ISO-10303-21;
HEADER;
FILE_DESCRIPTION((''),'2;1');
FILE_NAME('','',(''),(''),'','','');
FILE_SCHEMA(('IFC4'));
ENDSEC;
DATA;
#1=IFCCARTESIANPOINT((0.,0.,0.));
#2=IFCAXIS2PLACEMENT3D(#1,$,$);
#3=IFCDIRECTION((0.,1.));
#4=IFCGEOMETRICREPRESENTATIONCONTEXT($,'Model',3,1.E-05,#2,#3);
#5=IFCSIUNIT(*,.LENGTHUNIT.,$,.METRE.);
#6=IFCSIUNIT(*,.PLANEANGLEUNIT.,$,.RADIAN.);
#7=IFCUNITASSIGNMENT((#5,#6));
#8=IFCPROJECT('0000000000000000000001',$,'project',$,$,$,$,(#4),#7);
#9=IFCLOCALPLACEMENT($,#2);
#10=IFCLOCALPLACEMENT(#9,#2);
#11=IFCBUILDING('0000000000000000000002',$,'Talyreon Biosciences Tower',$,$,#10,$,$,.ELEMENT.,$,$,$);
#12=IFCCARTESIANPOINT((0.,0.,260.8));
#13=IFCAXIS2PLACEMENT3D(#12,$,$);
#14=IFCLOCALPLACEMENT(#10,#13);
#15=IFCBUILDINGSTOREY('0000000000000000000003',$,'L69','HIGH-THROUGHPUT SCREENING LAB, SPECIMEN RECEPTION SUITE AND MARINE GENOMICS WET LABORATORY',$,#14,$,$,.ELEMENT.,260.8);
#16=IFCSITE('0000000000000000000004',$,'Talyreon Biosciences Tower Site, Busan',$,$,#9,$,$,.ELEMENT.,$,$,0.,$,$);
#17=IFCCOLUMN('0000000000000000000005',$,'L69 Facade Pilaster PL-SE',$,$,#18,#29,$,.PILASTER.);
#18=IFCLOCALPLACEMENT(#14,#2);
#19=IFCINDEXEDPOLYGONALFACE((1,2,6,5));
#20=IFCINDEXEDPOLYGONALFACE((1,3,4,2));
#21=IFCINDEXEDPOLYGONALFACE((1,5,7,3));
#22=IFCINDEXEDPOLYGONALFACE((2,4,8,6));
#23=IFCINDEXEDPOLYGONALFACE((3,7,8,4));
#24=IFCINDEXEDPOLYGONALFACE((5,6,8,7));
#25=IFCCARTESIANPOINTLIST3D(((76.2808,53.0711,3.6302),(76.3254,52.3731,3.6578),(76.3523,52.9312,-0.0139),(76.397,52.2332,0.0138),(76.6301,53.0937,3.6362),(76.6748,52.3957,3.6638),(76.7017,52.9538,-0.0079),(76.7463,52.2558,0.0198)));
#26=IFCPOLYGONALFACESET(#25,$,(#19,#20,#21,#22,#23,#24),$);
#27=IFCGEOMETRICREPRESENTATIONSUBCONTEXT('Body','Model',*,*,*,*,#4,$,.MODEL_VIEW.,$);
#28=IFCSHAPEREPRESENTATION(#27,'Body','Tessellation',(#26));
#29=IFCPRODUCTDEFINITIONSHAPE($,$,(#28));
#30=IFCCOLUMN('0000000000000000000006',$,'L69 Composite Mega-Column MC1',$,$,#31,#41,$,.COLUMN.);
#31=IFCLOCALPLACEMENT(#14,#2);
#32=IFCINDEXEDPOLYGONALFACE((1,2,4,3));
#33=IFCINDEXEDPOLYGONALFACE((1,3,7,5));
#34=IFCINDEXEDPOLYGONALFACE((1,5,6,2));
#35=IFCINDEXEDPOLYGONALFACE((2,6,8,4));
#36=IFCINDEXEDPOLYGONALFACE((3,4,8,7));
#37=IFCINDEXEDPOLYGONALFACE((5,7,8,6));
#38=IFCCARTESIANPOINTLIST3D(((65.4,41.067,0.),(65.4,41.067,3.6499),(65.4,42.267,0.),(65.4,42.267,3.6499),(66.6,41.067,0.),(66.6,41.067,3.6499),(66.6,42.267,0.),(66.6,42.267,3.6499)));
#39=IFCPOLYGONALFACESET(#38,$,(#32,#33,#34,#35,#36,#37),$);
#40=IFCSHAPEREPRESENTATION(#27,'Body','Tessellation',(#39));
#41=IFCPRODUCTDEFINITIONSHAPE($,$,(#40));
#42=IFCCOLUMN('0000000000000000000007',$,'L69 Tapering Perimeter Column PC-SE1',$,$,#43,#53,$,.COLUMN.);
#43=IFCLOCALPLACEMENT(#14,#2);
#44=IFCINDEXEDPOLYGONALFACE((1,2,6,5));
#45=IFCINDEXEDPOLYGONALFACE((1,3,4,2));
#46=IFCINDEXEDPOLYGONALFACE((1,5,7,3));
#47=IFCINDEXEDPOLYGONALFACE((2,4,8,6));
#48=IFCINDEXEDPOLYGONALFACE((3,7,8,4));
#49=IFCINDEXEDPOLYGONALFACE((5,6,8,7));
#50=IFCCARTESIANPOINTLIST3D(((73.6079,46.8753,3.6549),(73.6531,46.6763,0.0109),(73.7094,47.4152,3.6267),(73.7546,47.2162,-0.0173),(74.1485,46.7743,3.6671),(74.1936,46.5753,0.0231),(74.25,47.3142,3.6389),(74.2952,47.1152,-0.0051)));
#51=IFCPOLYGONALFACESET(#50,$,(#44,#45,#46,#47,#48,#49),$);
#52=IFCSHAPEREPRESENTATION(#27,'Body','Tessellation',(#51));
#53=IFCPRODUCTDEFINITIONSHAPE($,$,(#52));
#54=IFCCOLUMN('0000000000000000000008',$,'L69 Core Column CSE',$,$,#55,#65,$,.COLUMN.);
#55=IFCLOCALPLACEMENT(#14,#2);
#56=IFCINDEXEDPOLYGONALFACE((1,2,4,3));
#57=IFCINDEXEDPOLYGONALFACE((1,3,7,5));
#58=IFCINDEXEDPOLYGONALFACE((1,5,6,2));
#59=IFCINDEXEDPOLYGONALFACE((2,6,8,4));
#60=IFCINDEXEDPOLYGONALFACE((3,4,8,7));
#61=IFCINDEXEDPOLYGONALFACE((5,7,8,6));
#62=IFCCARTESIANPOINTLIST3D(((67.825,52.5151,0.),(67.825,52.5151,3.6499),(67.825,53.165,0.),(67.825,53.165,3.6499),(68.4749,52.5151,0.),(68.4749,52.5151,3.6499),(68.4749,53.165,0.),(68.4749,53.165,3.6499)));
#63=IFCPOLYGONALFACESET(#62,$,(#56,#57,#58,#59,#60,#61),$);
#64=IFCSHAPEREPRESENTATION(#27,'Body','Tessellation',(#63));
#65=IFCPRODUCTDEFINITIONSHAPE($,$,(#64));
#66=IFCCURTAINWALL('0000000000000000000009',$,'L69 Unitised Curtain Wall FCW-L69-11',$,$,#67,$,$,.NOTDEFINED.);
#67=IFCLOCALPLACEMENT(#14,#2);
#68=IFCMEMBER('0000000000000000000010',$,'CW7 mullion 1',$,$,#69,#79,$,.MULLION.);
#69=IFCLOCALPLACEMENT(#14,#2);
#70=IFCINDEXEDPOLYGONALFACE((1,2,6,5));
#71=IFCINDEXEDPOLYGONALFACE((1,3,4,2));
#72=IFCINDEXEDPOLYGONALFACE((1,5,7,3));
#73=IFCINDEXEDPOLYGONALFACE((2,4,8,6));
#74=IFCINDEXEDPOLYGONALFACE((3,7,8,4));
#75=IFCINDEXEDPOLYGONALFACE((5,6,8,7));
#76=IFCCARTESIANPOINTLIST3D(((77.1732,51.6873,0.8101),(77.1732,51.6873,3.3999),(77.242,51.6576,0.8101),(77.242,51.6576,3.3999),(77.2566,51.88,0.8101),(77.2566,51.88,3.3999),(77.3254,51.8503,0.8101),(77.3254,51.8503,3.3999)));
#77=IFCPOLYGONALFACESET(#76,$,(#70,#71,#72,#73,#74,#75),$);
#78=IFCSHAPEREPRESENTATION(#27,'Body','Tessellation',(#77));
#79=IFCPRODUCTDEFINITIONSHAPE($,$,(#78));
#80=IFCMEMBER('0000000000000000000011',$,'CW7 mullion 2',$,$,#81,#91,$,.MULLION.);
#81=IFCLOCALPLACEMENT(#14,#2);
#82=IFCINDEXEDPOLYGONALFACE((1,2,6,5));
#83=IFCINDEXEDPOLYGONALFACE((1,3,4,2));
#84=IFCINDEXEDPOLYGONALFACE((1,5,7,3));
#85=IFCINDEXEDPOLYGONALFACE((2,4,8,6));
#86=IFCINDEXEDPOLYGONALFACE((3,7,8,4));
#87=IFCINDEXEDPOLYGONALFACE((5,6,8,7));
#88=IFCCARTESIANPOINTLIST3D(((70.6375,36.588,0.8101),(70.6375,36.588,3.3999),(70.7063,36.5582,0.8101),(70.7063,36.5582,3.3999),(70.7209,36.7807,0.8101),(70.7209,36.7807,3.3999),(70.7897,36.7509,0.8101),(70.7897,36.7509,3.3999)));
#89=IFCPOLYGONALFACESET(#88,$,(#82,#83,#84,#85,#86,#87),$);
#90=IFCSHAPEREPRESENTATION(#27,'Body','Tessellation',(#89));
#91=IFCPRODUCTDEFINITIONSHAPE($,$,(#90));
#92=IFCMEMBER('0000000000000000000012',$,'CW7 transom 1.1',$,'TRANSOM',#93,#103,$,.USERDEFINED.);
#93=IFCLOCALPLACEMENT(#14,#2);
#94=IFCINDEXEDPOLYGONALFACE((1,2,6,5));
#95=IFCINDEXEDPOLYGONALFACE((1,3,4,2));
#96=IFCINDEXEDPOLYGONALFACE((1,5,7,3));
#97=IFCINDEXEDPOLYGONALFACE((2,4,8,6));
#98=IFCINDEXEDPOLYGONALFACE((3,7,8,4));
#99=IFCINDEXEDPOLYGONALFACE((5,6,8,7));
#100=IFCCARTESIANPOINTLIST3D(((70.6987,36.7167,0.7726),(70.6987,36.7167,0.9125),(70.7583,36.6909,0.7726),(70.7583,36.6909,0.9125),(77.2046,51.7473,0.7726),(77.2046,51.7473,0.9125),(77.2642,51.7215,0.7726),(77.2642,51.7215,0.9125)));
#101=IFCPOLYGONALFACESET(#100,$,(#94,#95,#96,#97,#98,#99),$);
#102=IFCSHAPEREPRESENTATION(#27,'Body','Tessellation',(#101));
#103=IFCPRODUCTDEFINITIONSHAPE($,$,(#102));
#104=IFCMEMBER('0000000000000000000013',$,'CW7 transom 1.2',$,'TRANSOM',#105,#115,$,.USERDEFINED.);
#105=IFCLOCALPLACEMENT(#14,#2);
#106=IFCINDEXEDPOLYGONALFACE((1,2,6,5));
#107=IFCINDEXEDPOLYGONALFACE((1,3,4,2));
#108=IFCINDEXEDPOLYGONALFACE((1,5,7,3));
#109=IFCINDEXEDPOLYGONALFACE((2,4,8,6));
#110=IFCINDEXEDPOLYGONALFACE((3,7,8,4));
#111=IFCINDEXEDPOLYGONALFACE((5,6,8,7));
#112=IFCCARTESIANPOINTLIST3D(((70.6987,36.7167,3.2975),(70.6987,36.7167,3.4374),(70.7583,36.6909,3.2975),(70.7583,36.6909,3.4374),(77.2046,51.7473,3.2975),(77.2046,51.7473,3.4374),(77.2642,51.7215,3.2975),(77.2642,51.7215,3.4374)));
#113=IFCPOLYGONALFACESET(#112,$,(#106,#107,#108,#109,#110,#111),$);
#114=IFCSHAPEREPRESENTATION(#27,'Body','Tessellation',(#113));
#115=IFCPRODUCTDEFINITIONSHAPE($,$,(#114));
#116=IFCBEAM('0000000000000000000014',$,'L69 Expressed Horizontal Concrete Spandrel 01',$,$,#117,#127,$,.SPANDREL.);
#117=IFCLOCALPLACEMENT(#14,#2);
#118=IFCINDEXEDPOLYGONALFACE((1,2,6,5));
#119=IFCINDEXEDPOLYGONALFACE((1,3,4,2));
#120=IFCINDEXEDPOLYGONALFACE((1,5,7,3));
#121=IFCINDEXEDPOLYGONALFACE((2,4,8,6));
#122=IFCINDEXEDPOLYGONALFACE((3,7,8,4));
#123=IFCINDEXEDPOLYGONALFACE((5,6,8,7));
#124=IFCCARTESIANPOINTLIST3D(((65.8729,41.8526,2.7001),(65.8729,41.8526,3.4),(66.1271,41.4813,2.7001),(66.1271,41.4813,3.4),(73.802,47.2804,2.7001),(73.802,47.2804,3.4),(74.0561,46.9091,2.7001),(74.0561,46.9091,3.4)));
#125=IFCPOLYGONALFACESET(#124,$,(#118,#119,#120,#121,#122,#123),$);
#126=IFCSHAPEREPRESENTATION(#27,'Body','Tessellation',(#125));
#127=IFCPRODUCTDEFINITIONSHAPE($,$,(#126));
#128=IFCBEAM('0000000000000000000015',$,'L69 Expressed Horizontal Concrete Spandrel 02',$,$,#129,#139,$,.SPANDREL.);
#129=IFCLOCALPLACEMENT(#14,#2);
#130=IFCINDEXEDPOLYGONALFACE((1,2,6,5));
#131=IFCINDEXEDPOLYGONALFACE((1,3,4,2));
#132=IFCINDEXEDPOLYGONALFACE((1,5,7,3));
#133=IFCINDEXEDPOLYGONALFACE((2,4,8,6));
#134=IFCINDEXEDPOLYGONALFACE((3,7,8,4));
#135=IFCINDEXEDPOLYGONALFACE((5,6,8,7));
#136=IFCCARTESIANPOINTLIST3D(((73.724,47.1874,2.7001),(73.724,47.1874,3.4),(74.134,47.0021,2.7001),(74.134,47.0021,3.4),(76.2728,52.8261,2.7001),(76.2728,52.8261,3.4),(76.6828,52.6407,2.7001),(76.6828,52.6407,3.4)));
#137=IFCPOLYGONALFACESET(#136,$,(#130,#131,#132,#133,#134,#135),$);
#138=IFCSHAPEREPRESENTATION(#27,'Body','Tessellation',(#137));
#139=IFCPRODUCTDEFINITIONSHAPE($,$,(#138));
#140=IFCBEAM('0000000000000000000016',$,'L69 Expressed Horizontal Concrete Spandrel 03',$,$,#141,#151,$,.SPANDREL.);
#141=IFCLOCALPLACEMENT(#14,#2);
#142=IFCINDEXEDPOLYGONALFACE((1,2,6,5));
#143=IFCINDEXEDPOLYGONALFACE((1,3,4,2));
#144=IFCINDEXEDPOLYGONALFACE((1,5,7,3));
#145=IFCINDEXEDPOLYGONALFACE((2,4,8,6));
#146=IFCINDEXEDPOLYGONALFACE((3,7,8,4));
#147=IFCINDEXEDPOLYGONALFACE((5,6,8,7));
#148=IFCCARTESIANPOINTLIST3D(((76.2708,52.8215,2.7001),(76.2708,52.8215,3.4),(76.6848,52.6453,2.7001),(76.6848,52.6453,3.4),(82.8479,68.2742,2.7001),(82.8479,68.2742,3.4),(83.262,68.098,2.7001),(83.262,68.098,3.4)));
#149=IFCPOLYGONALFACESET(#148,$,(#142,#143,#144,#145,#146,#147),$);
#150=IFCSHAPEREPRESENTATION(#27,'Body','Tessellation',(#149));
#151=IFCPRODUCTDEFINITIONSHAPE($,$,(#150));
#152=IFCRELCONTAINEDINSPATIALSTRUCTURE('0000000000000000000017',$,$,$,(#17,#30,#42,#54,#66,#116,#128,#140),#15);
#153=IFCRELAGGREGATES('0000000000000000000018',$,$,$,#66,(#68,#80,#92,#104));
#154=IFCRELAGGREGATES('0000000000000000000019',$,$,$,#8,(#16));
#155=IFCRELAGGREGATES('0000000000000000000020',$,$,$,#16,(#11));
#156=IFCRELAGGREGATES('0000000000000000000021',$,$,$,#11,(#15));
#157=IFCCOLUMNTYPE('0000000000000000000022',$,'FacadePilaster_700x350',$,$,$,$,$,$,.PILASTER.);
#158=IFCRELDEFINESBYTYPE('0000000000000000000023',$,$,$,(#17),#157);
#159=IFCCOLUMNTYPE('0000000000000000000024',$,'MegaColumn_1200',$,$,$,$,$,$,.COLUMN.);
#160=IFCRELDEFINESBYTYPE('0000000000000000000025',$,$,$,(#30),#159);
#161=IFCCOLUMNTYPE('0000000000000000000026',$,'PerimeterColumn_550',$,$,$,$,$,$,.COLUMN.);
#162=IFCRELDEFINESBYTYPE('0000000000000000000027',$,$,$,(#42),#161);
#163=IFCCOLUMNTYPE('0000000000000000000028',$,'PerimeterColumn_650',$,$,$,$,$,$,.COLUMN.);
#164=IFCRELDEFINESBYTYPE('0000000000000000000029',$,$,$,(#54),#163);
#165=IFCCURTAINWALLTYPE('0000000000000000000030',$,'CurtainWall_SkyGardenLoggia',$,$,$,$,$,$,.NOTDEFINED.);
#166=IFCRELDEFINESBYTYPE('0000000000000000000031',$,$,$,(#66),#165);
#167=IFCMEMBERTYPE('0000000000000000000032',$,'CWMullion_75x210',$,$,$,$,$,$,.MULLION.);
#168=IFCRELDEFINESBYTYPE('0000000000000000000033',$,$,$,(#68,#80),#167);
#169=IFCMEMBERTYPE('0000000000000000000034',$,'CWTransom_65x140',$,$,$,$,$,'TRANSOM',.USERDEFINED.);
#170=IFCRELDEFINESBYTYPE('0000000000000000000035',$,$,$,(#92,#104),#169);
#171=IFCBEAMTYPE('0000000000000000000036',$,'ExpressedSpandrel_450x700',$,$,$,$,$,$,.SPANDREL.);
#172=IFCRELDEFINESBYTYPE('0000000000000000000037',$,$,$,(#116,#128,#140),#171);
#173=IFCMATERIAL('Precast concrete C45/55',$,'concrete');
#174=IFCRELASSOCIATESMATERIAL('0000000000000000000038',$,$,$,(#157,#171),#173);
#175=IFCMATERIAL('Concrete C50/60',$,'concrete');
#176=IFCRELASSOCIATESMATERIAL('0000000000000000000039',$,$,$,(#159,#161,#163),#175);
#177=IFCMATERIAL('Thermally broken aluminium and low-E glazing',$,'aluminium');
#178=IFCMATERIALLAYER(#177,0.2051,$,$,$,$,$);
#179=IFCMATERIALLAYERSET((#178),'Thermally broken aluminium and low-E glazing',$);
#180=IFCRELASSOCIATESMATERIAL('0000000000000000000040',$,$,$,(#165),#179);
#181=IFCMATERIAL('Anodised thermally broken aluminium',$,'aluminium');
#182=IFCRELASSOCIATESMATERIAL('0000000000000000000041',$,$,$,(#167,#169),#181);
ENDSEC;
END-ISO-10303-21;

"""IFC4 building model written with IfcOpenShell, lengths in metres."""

from ifc_helpers import new_model, si_unit, direction, frame, origin, origin_2d, place, context, subcontext, project, spatial, rectangle, extrude, material, layer, layer_set, material_profile, profile_set, type_object, element, aggregate, save


model = new_model("IFC4")

# Units and contexts
model_context = context("Model", 3, precision=1e-05, world=origin(), true_north=direction((0.0, 1.0)))
body_context = subcontext(model_context, "Body", "Model", "MODEL_VIEW")
ifc_project = project(units=[si_unit("LENGTHUNIT", "METRE"), si_unit("PLANEANGLEUNIT", "RADIAN")], contexts=[model_context])

# Site, building, storey
site_placement = place(None, origin())
site = spatial("IfcSite", under=ifc_project, at=site_placement, Name="Talyreon Biosciences Tower Site, Busan", CompositionType="ELEMENT", RefElevation=0.0)
building_placement = place(site_placement, origin())
building = spatial("IfcBuilding", under=site, at=building_placement, Name="Talyreon Biosciences Tower", CompositionType="ELEMENT")
storey_placement = place(building_placement, frame((0.0, 0.0, 260.8)))
storey = spatial("IfcBuildingStorey", under=building, at=storey_placement, Name="L69", Description="HIGH-THROUGHPUT SCREENING LAB, SPECIMEN RECEPTION SUITE AND MARINE GENOMICS WET LABORATORY", CompositionType="ELEMENT", Elevation=260.8)

# Columns
ifc_material_1 = material(Name="Precast concrete C45/55", Category="concrete")
ifc_material_profile_1 = material_profile(ifc_material_1, rectangle(XDim=0.7, YDim=0.3501, at=origin_2d()), Name="RC 700x350")
ifc_profile_set_1 = profile_set([ifc_material_profile_1], Name="Precast concrete C45/55")
column_type_1 = type_object("IfcColumnType", Name="FacadePilaster_700x350", PredefinedType="PILASTER", material=ifc_profile_set_1)
column_1_placement = place(storey_placement, frame((76.5493, 52.5935, 0.0029), z_axis=(-0.019612, 0.038354, 0.999072), x_axis=(0.063755, -0.997182, 0.039533)))
element("IfcColumn", 1, at=column_1_placement, inside=storey, type_object=column_type_1, Name="L69 Facade Pilaster PL-SE", PredefinedType="PILASTER", context=body_context, shape_type="SweptSolid", body=[
    extrude(rectangle(XDim=0.7, YDim=0.3501, at=origin_2d()), origin(), (0.0, 0.0, 1.0), 3.6475),
])
ifc_material_2 = material(Name="Concrete C50/60", Category="concrete")
ifc_material_profile_2 = material_profile(ifc_material_2, rectangle(XDim=1.2, YDim=1.2, at=origin_2d()), Name="RC 1200x1200")
ifc_profile_set_2 = profile_set([ifc_material_profile_2], Name="Concrete C50/60")
column_type_2 = type_object("IfcColumnType", Name="MegaColumn_1200", PredefinedType="COLUMN", material=ifc_profile_set_2)
column_2_placement = place(storey_placement, frame((66.0, 41.667, 0.0), z_axis=(0.0, 0.0, 1.0), x_axis=(1.0, 0.0, 0.0)))
element("IfcColumn", 2, at=column_2_placement, inside=storey, type_object=column_type_2, Name="L69 Composite Mega-Column MC1", PredefinedType="COLUMN", context=body_context, shape_type="SweptSolid", body=[
    extrude(rectangle(XDim=1.2, YDim=1.2, at=origin_2d()), origin(), (0.0, 0.0, 1.0), 3.6499),
])
ifc_material_profile_3 = material_profile(ifc_material_2, rectangle(XDim=0.55, YDim=0.55, at=origin_2d()), Name="RC 550x550")
ifc_profile_set_3 = profile_set([ifc_material_profile_3], Name="Concrete C50/60")
column_type_3 = type_object("IfcColumnType", Name="PerimeterColumn_550", PredefinedType="COLUMN", material=ifc_profile_set_3)
column_3_placement = place(storey_placement, frame((73.9741, 46.8958, 0.0029), z_axis=(-0.012375, 0.054517, 0.998436), x_axis=(-0.184542, -0.981485, 0.051304)))
element("IfcColumn", 3, at=column_3_placement, inside=storey, type_object=column_type_3, Name="L69 Tapering Perimeter Column PC-SE1", PredefinedType="COLUMN", context=body_context, shape_type="SweptSolid", body=[
    extrude(rectangle(XDim=0.55, YDim=0.55, at=origin_2d()), origin(), (0.0, 0.0, 1.0), 3.6497),
])
ifc_material_profile_4 = material_profile(ifc_material_2, rectangle(XDim=0.6499, YDim=0.6499, at=origin_2d()), Name="RC 650x650")
ifc_profile_set_4 = profile_set([ifc_material_profile_4], Name="Concrete C50/60")
column_type_4 = type_object("IfcColumnType", Name="PerimeterColumn_650", PredefinedType="COLUMN", material=ifc_profile_set_4)
column_4_placement = place(storey_placement, frame((68.1499, 52.8401, 0.0), z_axis=(0.0, 0.0, 1.0), x_axis=(1.0, 0.0, 0.0)))
element("IfcColumn", 4, at=column_4_placement, inside=storey, type_object=column_type_4, Name="L69 Core Column CSE", PredefinedType="COLUMN", context=body_context, shape_type="SweptSolid", body=[
    extrude(rectangle(XDim=0.6499, YDim=0.6499, at=origin_2d()), origin(), (0.0, 0.0, 1.0), 3.6499),
])

# Curtain wall, members
ifc_material_3 = material(Name="Thermally broken aluminium and low-E glazing", Category="aluminium")
ifc_layer_1 = layer(ifc_material_3, 0.2051)
ifc_layer_set_1 = layer_set([ifc_layer_1], Name="Thermally broken aluminium and low-E glazing")
curtain_wall_type = type_object("IfcCurtainWallType", Name="CurtainWall_SkyGardenLoggia", PredefinedType="NOTDEFINED", material=ifc_layer_set_1)
curtain_wall_placement = place(storey_placement, origin())
curtain_wall = element("IfcCurtainWall", 5, at=curtain_wall_placement, inside=storey, type_object=curtain_wall_type, Name="L69 Unitised Curtain Wall FCW-L69-11", PredefinedType="NOTDEFINED")
ifc_material_4 = material(Name="Anodised thermally broken aluminium", Category="aluminium")
ifc_material_profile_5 = material_profile(ifc_material_4, rectangle(XDim=0.075, YDim=0.21, at=origin_2d()), Name="ALUM MULLION 75x210")
ifc_profile_set_5 = profile_set([ifc_material_profile_5], Name="Anodised thermally broken aluminium")
member_type_1 = type_object("IfcMemberType", Name="CWMullion_75x210", PredefinedType="MULLION", material=ifc_profile_set_5)
member_1_placement = place(storey_placement, frame((77.2493, 51.7688, 0.8101), z_axis=(0.0, 0.0, 1.0), x_axis=(0.917723, -0.397221, 0.0)))
member_1 = element("IfcMember", 6, at=member_1_placement, type_object=member_type_1, Name="CW7 mullion 1", PredefinedType="MULLION", context=body_context, shape_type="SweptSolid", body=[
    extrude(rectangle(XDim=0.075, YDim=0.21, at=origin_2d()), origin(), (0.0, 0.0, 1.0), 2.5898),
])
member_2_placement = place(storey_placement, frame((70.7136, 36.6694, 0.8101), z_axis=(0.0, 0.0, 1.0), x_axis=(0.917723, -0.397221, 0.0)))
member_2 = element("IfcMember", 7, at=member_2_placement, type_object=member_type_1, Name="CW7 mullion 2", PredefinedType="MULLION", context=body_context, shape_type="SweptSolid", body=[
    extrude(rectangle(XDim=0.075, YDim=0.21, at=origin_2d()), origin(), (0.0, 0.0, 1.0), 2.5898),
])
ifc_material_profile_6 = material_profile(ifc_material_4, rectangle(XDim=0.0649, YDim=0.1399, at=origin_2d()), Name="ALUM TRANSOM 65x140")
ifc_profile_set_6 = profile_set([ifc_material_profile_6], Name="Anodised thermally broken aluminium")
member_type_2 = type_object("IfcMemberType", Name="CWTransom_65x140", ElementType="TRANSOM", PredefinedType="USERDEFINED", material=ifc_profile_set_6)
member_3_placement = place(storey_placement, frame((77.2344, 51.7344, 0.8425), z_axis=(-0.397229, -0.91772, 0.0), x_axis=(0.91772, -0.397229, 0.0)))
member_3 = element("IfcMember", 8, at=member_3_placement, type_object=member_type_2, Name="CW7 transom 1.1", ObjectType="TRANSOM", PredefinedType="USERDEFINED", context=body_context, shape_type="SweptSolid", body=[
    extrude(rectangle(XDim=0.0649, YDim=0.1399, at=origin_2d()), origin(), (0.0, 0.0, 1.0), 16.3782),
])
member_4_placement = place(storey_placement, frame((77.2344, 51.7344, 3.3674), z_axis=(-0.397229, -0.91772, 0.0), x_axis=(0.91772, -0.397229, 0.0)))
member_4 = element("IfcMember", 9, at=member_4_placement, type_object=member_type_2, Name="CW7 transom 1.2", ObjectType="TRANSOM", PredefinedType="USERDEFINED", context=body_context, shape_type="SweptSolid", body=[
    extrude(rectangle(XDim=0.0649, YDim=0.1399, at=origin_2d()), origin(), (0.0, 0.0, 1.0), 16.3782),
])

# Beams
ifc_material_profile_7 = material_profile(ifc_material_1, rectangle(XDim=0.45, YDim=0.7, at=origin_2d()), Name="RCB 450x700")
ifc_profile_set_7 = profile_set([ifc_material_profile_7], Name="Precast concrete C45/55")
beam_type_1 = type_object("IfcBeamType", Name="ExpressedSpandrel_450x700", PredefinedType="SPANDREL", material=ifc_profile_set_7)
beam_1_placement = place(storey_placement, frame((66.0, 41.667, 3.05), z_axis=(0.825178, 0.564872, 0.0), x_axis=(-0.564872, 0.825178, 0.0)))
element("IfcBeam", 10, at=beam_1_placement, inside=storey, type_object=beam_type_1, Name="L69 Expressed Horizontal Concrete Spandrel 01", PredefinedType="SPANDREL", context=body_context, shape_type="SweptSolid", body=[
    extrude(rectangle(XDim=0.45, YDim=0.7, at=origin_2d()), origin(), (0.0, 0.0, 1.0), 9.6089),
])
beam_2_placement = place(storey_placement, frame((73.929, 47.0947, 3.05), z_axis=(0.4119, 0.911229, 0.0), x_axis=(-0.911229, 0.4119, 0.0)))
element("IfcBeam", 11, at=beam_2_placement, inside=storey, type_object=beam_type_1, Name="L69 Expressed Horizontal Concrete Spandrel 02", PredefinedType="SPANDREL", context=body_context, shape_type="SweptSolid", body=[
    extrude(rectangle(XDim=0.45, YDim=0.7, at=origin_2d()), origin(), (0.0, 0.0, 1.0), 6.188),
])
beam_3_placement = place(storey_placement, frame((76.4778, 52.7334, 3.05), z_axis=(0.391634, 0.920121, 0.0), x_axis=(-0.920121, 0.391634, 0.0)))
element("IfcBeam", 12, at=beam_3_placement, inside=storey, type_object=beam_type_1, Name="L69 Expressed Horizontal Concrete Spandrel 03", PredefinedType="SPANDREL", context=body_context, shape_type="SweptSolid", body=[
    extrude(rectangle(XDim=0.45, YDim=0.7, at=origin_2d()), origin(), (0.0, 0.0, 1.0), 16.7942),
])

aggregate(curtain_wall, [member_1, member_2, member_3, member_4])

save(model, "model.ifc")
